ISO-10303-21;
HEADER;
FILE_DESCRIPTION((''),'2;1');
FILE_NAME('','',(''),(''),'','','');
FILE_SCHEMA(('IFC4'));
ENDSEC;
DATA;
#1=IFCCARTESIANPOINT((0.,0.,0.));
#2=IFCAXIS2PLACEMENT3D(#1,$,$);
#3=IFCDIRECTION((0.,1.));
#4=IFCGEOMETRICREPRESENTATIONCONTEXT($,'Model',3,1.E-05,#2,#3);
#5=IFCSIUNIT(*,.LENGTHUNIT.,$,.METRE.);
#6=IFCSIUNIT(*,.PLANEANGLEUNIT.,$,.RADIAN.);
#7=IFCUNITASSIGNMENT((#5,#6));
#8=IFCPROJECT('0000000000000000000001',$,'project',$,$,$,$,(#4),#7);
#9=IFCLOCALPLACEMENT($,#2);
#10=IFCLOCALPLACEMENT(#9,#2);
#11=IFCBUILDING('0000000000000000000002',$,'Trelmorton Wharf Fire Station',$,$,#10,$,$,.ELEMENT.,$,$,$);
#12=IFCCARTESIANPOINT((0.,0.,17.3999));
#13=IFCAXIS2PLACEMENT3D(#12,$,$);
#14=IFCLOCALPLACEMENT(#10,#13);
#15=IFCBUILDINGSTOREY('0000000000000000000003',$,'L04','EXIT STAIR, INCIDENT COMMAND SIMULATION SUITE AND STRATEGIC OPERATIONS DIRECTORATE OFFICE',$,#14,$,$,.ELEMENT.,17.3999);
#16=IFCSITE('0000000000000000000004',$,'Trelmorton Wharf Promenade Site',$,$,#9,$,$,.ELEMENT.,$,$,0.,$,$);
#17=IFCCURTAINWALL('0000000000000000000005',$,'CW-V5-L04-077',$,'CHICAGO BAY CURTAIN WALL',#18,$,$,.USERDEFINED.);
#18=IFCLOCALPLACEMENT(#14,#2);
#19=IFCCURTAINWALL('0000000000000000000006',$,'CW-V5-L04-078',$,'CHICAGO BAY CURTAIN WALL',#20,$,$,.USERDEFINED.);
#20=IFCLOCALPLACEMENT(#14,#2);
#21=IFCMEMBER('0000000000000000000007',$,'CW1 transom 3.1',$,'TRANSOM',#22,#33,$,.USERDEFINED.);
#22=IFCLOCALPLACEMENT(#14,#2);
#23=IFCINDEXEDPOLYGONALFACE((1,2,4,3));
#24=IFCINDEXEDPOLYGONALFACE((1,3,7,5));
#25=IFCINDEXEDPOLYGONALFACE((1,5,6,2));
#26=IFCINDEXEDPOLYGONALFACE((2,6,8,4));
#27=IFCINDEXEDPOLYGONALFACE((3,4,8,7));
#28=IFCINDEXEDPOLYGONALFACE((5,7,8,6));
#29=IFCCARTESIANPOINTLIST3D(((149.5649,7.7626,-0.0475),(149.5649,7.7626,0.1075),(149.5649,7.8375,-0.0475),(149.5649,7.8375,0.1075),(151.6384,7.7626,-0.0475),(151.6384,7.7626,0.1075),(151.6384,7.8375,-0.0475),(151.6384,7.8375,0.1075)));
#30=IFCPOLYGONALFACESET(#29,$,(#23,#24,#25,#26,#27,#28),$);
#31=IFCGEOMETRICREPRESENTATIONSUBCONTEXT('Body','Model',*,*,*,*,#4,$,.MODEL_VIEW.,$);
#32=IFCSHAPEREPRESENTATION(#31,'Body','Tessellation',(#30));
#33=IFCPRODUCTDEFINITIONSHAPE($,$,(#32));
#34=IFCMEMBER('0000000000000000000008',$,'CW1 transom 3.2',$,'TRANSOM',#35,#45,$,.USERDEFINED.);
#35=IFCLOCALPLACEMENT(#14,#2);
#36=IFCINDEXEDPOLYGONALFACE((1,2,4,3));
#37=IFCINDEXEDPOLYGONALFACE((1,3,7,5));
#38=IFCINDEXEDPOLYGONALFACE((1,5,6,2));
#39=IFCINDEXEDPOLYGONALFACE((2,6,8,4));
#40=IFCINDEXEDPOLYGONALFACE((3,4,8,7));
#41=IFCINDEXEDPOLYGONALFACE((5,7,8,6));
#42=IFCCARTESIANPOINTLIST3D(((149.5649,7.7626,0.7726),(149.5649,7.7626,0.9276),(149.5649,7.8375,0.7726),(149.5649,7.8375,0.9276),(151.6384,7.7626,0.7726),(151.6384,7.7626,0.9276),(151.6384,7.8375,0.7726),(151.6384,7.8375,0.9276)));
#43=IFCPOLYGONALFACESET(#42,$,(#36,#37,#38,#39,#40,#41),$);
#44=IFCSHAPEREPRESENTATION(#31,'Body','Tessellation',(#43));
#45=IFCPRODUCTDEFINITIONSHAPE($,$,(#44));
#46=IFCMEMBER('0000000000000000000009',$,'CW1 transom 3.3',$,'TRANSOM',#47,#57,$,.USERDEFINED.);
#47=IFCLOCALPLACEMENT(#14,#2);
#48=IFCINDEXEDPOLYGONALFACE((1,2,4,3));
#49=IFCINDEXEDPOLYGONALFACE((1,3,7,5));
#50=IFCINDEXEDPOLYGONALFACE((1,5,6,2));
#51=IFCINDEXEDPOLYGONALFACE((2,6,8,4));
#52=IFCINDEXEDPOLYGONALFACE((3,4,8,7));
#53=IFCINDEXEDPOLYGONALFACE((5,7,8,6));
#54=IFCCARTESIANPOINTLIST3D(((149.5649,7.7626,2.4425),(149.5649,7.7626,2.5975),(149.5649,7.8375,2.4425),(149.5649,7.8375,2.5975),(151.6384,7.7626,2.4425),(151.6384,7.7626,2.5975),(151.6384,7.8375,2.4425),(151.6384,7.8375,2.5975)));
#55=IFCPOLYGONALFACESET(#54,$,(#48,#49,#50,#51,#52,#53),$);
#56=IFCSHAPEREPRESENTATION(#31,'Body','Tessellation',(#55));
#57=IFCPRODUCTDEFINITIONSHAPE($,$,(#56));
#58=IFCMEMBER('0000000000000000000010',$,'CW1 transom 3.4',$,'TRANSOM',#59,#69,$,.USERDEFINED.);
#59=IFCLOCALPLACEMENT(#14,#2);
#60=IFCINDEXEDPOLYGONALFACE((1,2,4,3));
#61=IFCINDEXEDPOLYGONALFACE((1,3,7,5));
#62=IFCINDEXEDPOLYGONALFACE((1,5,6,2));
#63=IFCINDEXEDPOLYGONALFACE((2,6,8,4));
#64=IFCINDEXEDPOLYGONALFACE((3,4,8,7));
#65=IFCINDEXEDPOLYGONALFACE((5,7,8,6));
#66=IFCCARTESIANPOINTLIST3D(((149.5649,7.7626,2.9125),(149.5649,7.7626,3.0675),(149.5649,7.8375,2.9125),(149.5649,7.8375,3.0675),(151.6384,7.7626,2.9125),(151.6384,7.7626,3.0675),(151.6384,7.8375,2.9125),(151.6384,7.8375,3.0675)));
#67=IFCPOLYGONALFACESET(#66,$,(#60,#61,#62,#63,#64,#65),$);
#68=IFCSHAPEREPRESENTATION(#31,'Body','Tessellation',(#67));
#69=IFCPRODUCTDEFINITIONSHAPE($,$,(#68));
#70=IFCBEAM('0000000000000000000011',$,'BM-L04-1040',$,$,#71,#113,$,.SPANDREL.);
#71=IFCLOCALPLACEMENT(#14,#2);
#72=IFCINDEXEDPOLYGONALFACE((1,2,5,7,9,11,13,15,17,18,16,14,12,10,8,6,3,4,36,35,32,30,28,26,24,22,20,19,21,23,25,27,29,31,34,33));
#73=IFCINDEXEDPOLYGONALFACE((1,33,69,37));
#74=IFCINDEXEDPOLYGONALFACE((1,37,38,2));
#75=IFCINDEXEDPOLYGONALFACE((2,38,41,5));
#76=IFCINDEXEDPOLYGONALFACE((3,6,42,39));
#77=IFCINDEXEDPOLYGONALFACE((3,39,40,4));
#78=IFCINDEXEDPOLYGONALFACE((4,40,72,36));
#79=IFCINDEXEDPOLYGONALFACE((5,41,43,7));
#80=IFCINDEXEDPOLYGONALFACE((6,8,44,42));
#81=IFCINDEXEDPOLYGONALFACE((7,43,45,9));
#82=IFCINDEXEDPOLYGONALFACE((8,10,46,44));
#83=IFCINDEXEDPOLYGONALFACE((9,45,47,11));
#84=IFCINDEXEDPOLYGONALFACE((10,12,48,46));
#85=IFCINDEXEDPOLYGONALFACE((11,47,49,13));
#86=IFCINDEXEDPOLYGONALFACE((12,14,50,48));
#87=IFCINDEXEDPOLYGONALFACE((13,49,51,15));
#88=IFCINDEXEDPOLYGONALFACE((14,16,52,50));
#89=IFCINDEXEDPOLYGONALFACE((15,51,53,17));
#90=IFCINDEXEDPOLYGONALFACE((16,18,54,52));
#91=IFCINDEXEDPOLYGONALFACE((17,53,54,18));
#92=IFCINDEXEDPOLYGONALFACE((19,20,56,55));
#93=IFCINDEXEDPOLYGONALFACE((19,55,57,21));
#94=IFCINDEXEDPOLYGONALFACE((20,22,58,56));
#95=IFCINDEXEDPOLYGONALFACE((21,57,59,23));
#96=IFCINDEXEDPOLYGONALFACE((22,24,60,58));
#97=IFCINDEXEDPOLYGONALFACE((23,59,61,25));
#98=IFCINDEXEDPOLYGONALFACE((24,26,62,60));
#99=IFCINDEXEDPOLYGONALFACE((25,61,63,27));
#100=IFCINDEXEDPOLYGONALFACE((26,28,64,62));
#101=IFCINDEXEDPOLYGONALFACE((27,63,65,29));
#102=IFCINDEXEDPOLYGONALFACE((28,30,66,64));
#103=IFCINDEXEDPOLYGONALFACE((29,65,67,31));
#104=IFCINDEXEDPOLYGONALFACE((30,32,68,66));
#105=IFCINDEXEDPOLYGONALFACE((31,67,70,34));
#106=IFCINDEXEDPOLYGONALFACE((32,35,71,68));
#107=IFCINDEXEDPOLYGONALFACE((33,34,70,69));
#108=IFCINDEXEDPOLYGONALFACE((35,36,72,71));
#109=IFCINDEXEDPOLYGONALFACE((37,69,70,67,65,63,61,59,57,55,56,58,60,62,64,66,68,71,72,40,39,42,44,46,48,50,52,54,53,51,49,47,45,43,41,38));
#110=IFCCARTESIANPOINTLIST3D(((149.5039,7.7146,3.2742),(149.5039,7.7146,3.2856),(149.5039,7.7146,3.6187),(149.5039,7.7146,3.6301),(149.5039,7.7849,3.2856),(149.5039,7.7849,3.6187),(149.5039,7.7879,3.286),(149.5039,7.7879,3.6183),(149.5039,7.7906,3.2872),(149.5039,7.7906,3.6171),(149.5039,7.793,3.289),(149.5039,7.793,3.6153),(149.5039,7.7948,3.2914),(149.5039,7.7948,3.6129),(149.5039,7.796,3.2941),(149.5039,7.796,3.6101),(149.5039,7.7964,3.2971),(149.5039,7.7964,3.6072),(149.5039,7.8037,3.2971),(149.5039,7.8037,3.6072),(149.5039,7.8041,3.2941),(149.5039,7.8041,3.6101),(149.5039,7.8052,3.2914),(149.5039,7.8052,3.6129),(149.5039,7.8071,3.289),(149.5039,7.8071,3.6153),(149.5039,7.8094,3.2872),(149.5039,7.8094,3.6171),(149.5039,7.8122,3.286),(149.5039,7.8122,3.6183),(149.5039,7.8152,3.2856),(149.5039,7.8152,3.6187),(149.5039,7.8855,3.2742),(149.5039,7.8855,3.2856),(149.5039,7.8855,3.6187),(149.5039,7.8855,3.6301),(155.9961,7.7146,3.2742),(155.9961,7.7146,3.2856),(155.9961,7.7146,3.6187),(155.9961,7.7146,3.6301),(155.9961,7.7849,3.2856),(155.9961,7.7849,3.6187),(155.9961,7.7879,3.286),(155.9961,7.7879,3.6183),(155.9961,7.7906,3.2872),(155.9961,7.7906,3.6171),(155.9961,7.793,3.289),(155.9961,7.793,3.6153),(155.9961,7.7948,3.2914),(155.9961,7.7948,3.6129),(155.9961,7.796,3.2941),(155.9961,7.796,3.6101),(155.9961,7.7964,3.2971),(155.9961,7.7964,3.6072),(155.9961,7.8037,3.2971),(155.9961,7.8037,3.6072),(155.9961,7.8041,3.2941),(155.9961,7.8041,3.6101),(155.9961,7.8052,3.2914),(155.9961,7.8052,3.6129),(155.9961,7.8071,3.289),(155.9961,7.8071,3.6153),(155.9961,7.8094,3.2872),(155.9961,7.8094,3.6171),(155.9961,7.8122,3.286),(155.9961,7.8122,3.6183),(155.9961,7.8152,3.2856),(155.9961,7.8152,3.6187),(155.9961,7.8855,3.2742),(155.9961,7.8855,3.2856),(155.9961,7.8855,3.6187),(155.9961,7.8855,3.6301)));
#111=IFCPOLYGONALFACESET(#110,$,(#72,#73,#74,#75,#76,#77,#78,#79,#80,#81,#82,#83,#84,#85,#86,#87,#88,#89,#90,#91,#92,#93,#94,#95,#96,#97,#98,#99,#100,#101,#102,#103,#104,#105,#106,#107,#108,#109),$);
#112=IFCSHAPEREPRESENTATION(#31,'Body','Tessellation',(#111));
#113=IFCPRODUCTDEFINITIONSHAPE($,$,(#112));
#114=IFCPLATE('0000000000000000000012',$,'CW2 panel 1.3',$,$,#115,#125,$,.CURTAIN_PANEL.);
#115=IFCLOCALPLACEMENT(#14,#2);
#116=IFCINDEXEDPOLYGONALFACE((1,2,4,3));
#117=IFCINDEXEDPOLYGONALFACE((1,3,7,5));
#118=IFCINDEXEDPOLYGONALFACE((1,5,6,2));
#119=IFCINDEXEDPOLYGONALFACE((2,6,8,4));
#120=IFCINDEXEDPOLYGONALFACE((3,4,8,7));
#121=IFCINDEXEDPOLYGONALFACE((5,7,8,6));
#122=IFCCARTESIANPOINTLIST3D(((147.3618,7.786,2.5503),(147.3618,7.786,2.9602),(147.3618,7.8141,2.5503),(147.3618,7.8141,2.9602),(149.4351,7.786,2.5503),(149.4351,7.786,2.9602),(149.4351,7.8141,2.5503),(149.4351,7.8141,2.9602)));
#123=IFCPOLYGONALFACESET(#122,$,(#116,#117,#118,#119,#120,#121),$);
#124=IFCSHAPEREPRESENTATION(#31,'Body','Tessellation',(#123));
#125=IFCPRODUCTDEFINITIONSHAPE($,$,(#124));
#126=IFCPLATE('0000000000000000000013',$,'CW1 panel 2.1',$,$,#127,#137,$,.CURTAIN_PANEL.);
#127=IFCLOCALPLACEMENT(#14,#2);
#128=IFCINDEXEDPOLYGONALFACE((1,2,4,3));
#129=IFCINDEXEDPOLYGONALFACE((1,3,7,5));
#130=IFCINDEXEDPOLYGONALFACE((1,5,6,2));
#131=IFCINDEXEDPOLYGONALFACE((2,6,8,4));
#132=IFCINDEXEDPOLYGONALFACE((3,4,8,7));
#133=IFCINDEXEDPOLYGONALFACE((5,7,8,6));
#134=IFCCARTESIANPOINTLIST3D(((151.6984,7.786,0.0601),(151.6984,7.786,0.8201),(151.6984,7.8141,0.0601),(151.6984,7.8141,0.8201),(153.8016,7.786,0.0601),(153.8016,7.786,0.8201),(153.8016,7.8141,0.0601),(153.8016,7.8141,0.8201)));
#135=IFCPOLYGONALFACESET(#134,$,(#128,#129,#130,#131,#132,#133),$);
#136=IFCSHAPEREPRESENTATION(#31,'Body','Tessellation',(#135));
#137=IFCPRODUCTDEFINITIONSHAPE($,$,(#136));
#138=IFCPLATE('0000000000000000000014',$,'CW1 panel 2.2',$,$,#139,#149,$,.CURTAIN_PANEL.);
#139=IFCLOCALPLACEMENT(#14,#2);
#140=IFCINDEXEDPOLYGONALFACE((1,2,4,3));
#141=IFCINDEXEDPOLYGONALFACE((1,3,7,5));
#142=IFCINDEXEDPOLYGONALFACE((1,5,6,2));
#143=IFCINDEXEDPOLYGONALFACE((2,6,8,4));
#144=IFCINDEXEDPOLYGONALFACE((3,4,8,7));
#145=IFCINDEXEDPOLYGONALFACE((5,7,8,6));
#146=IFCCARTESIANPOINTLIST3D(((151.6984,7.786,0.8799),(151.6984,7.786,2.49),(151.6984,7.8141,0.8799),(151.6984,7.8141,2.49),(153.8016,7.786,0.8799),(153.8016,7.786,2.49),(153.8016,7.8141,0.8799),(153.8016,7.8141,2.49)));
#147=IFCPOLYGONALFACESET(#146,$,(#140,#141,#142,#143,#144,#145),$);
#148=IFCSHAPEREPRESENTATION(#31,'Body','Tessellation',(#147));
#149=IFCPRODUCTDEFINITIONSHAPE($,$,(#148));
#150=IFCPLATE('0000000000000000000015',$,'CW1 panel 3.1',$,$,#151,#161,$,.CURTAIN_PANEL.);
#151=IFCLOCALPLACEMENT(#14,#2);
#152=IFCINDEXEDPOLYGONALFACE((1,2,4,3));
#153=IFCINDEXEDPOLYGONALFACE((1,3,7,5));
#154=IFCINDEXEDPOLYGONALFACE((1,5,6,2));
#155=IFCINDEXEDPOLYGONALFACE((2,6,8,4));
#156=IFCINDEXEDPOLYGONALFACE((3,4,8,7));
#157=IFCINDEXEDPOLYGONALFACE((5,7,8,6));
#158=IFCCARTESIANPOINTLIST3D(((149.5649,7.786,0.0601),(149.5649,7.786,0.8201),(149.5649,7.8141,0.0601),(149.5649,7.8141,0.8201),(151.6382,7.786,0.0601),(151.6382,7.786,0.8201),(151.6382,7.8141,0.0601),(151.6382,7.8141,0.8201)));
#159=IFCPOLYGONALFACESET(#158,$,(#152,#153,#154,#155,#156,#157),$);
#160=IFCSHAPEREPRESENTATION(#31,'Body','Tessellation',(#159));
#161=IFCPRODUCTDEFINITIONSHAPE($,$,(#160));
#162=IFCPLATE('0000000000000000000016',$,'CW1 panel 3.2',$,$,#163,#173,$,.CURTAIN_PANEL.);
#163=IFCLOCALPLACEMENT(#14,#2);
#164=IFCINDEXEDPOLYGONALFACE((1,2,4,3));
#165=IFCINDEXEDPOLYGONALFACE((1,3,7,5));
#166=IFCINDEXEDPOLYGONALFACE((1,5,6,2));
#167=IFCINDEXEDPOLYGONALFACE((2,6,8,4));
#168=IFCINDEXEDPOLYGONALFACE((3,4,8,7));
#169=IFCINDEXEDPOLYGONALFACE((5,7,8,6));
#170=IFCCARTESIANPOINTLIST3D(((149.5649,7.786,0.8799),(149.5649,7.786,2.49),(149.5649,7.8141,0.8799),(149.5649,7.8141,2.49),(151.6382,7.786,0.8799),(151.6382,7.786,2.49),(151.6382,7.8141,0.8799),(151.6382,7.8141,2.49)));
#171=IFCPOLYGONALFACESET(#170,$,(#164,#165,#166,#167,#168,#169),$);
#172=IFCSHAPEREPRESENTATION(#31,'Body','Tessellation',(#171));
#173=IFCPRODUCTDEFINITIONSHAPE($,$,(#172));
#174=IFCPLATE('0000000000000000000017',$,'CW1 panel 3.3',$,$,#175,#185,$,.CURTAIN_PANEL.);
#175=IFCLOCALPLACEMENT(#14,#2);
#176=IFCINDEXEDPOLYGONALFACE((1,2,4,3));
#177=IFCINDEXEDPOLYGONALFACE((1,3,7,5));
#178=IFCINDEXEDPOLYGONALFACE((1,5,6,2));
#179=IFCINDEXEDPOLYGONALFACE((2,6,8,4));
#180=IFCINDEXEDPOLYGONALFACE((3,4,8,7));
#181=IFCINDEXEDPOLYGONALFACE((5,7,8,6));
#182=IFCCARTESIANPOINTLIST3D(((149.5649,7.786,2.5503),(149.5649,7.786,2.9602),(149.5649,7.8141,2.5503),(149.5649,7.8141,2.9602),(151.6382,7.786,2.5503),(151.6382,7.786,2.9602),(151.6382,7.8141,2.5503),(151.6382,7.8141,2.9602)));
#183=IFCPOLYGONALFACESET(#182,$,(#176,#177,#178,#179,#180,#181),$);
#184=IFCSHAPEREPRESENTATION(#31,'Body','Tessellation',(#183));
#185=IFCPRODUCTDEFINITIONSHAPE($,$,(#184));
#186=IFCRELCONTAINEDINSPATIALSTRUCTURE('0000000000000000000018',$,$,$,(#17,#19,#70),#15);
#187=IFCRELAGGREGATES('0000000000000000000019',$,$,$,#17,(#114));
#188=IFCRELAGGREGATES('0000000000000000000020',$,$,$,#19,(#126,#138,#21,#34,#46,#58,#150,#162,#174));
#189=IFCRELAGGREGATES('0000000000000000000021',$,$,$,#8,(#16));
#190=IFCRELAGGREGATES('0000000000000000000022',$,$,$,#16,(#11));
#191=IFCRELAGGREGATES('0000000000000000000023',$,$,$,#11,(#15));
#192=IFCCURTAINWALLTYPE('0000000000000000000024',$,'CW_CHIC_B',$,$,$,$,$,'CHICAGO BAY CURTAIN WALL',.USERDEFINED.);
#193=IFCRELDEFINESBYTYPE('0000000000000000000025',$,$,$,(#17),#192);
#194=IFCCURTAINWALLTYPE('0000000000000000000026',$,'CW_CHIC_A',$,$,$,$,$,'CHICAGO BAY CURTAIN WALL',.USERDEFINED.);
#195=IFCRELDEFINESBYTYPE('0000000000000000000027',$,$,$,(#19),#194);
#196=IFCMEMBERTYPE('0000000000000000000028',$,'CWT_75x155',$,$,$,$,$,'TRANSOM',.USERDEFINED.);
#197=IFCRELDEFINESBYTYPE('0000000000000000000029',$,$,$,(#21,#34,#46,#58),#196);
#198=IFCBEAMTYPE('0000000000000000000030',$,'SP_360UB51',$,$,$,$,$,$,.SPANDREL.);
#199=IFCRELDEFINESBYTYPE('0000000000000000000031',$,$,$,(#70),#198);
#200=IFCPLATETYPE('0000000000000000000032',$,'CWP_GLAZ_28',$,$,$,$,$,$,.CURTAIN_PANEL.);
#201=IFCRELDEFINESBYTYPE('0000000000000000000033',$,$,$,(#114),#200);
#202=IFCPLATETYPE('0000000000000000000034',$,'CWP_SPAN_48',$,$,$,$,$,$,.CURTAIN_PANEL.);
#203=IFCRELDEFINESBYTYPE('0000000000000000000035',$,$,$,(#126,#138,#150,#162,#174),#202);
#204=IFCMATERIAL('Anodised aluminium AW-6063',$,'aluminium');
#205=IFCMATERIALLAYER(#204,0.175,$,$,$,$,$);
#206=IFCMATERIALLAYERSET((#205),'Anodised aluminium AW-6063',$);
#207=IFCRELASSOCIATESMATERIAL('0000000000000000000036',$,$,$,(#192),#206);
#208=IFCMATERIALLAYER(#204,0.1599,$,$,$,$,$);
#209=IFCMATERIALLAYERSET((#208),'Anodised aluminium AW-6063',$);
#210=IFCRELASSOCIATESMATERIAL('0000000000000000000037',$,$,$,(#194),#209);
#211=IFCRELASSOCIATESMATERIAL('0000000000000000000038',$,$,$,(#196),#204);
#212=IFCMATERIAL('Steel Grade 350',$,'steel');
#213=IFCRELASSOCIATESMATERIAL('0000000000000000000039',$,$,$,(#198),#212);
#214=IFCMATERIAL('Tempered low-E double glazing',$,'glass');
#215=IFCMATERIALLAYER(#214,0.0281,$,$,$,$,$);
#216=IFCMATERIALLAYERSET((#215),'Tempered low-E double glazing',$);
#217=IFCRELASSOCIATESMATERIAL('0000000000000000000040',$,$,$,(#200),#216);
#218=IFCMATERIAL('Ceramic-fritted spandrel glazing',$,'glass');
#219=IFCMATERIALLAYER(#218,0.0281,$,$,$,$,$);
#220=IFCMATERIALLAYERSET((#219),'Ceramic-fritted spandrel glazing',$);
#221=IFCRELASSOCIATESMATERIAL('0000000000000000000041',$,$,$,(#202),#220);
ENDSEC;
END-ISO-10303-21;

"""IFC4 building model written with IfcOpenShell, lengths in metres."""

from ifc_helpers import new_model, si_unit, direction, frame, origin, origin_2d, place, context, subcontext, project, spatial, rectangle, i_section, extrude, material, layer, layer_set, material_profile, profile_set, type_object, element, aggregate, save


model = new_model("IFC4")

# Units and contexts
model_context = context("Model", 3, precision=1e-05, world=origin(), true_north=direction((0.0, 1.0)))
body_context = subcontext(model_context, "Body", "Model", "MODEL_VIEW")
ifc_project = project(units=[si_unit("LENGTHUNIT", "METRE"), si_unit("PLANEANGLEUNIT", "RADIAN")], contexts=[model_context])

# Site, building, storey
site_placement = place(None, origin())
site = spatial("IfcSite", under=ifc_project, at=site_placement, Name="Trelmorton Wharf Promenade Site", CompositionType="ELEMENT", RefElevation=0.0)
building_placement = place(site_placement, origin())
building = spatial("IfcBuilding", under=site, at=building_placement, Name="Trelmorton Wharf Fire Station", CompositionType="ELEMENT")
storey_placement = place(building_placement, frame((0.0, 0.0, 17.3999)))
storey = spatial("IfcBuildingStorey", under=building, at=storey_placement, Name="L04", Description="EXIT STAIR, INCIDENT COMMAND SIMULATION SUITE AND STRATEGIC OPERATIONS DIRECTORATE OFFICE", CompositionType="ELEMENT", Elevation=17.3999)

# Shared definitions
ifc_material_1 = material(Name="Steel Grade 350", Category="steel")

# Curtain wall
ifc_material_2 = material(Name="Anodised aluminium AW-6063", Category="aluminium")
ifc_layer_1 = layer(ifc_material_2, 0.175)
ifc_layer_set_1 = layer_set([ifc_layer_1], Name="Anodised aluminium AW-6063")
curtain_wall_type_1 = type_object("IfcCurtainWallType", Name="CW_CHIC_B", ElementType="CHICAGO BAY CURTAIN WALL", PredefinedType="USERDEFINED", material=ifc_layer_set_1)
curtain_wall_1_placement = place(storey_placement, origin())
curtain_wall_1 = element("IfcCurtainWall", 1, at=curtain_wall_1_placement, inside=storey, type_object=curtain_wall_type_1, Name="CW-V5-L04-077", ObjectType="CHICAGO BAY CURTAIN WALL", PredefinedType="USERDEFINED")

# Curtain wall
ifc_layer_2 = layer(ifc_material_2, 0.1599)
ifc_layer_set_2 = layer_set([ifc_layer_2], Name="Anodised aluminium AW-6063")
curtain_wall_type_2 = type_object("IfcCurtainWallType", Name="CW_CHIC_A", ElementType="CHICAGO BAY CURTAIN WALL", PredefinedType="USERDEFINED", material=ifc_layer_set_2)
curtain_wall_2_placement = place(storey_placement, origin())
curtain_wall_2 = element("IfcCurtainWall", 2, at=curtain_wall_2_placement, inside=storey, type_object=curtain_wall_type_2, Name="CW-V5-L04-078", ObjectType="CHICAGO BAY CURTAIN WALL", PredefinedType="USERDEFINED")

# Members
ifc_material_profile_1 = material_profile(ifc_material_2, rectangle(XDim=0.075, YDim=0.155, at=origin_2d()), Name="ALU-75x155")
ifc_profile_set_1 = profile_set([ifc_material_profile_1], Name="Anodised aluminium AW-6063")
member_type_1 = type_object("IfcMemberType", Name="CWT_75x155", ElementType="TRANSOM", PredefinedType="USERDEFINED", material=ifc_profile_set_1)
member_1_placement = place(storey_placement, frame((151.6384, 7.8, 0.03), z_axis=(-1.0, 0.0, 0.0), x_axis=(0.0, -1.0, 0.0)))
member_1 = element("IfcMember", 3, at=member_1_placement, type_object=member_type_1, Name="CW1 transom 3.1", ObjectType="TRANSOM", PredefinedType="USERDEFINED", context=body_context, shape_type="SweptSolid", body=[
    extrude(rectangle(XDim=0.075, YDim=0.155, at=origin_2d()), origin(), (0.0, 0.0, 1.0), 2.0735),
])
member_2_placement = place(storey_placement, frame((151.6384, 7.8, 0.8501), z_axis=(-1.0, 0.0, 0.0), x_axis=(0.0, -1.0, 0.0)))
member_2 = element("IfcMember", 4, at=member_2_placement, type_object=member_type_1, Name="CW1 transom 3.2", ObjectType="TRANSOM", PredefinedType="USERDEFINED", context=body_context, shape_type="SweptSolid", body=[
    extrude(rectangle(XDim=0.075, YDim=0.155, at=origin_2d()), origin(), (0.0, 0.0, 1.0), 2.0735),
])
member_3_placement = place(storey_placement, frame((151.6384, 7.8, 2.52), z_axis=(-1.0, 0.0, 0.0), x_axis=(0.0, -1.0, 0.0)))
member_3 = element("IfcMember", 5, at=member_3_placement, type_object=member_type_1, Name="CW1 transom 3.3", ObjectType="TRANSOM", PredefinedType="USERDEFINED", context=body_context, shape_type="SweptSolid", body=[
    extrude(rectangle(XDim=0.075, YDim=0.155, at=origin_2d()), origin(), (0.0, 0.0, 1.0), 2.0735),
])
member_4_placement = place(storey_placement, frame((151.6384, 7.8, 2.99), z_axis=(-1.0, 0.0, 0.0), x_axis=(0.0, -1.0, 0.0)))
member_4 = element("IfcMember", 6, at=member_4_placement, type_object=member_type_1, Name="CW1 transom 3.4", ObjectType="TRANSOM", PredefinedType="USERDEFINED", context=body_context, shape_type="SweptSolid", body=[
    extrude(rectangle(XDim=0.075, YDim=0.155, at=origin_2d()), origin(), (0.0, 0.0, 1.0), 2.0735),
])

# Beam
ifc_material_profile_2 = material_profile(ifc_material_1, i_section(OverallWidth=0.1709, OverallDepth=0.356, WebThickness=0.0073, FlangeThickness=0.0115, FilletRadius=0.0115, at=origin_2d()), Name="360UB50.7")
ifc_profile_set_2 = profile_set([ifc_material_profile_2], Name="Steel Grade 350")
beam_type_1 = type_object("IfcBeamType", Name="SP_360UB51", PredefinedType="SPANDREL", material=ifc_profile_set_2)
beam_1_placement = place(storey_placement, frame((149.5039, 7.8, 3.4521), z_axis=(1.0, 0.0, 0.0), x_axis=(0.0, 1.0, 0.0)))
element("IfcBeam", 7, at=beam_1_placement, inside=storey, type_object=beam_type_1, Name="BM-L04-1040", PredefinedType="SPANDREL", context=body_context, shape_type="SweptSolid", body=[
    extrude(i_section(OverallWidth=0.1709, OverallDepth=0.356, WebThickness=0.0073, FlangeThickness=0.0115, FilletRadius=0.0115, at=origin_2d()), origin(), (0.0, 0.0, 1.0), 6.4922),
])

# Plates
ifc_material_3 = material(Name="Tempered low-E double glazing", Category="glass")
ifc_layer_3 = layer(ifc_material_3, 0.0281)
ifc_layer_set_3 = layer_set([ifc_layer_3], Name="Tempered low-E double glazing")
plate_type_1 = type_object("IfcPlateType", Name="CWP_GLAZ_28", PredefinedType="CURTAIN_PANEL", material=ifc_layer_set_3)
plate_1_placement = place(storey_placement, frame((148.3984, 7.8, 2.5503), z_axis=(0.0, 0.0, 1.0), x_axis=(-1.0, 0.0, 0.0)))
plate_1 = element("IfcPlate", 8, at=plate_1_placement, type_object=plate_type_1, Name="CW2 panel 1.3", PredefinedType="CURTAIN_PANEL", context=body_context, shape_type="SweptSolid", body=[
    extrude(rectangle(XDim=2.0732, YDim=0.0281, at=origin_2d()), origin(), (0.0, 0.0, 1.0), 0.4099),
])
aggregate(curtain_wall_1, [plate_1])
ifc_material_4 = material(Name="Ceramic-fritted spandrel glazing", Category="glass")
ifc_layer_4 = layer(ifc_material_4, 0.0281)
ifc_layer_set_4 = layer_set([ifc_layer_4], Name="Ceramic-fritted spandrel glazing")
plate_type_2 = type_object("IfcPlateType", Name="CWP_SPAN_48", PredefinedType="CURTAIN_PANEL", material=ifc_layer_set_4)
plate_2_placement = place(storey_placement, frame((152.75, 7.8, 0.0601), z_axis=(0.0, 0.0, 1.0), x_axis=(-1.0, 0.0, 0.0)))
plate_2 = element("IfcPlate", 9, at=plate_2_placement, type_object=plate_type_2, Name="CW1 panel 2.1", PredefinedType="CURTAIN_PANEL", context=body_context, shape_type="SweptSolid", body=[
    extrude(rectangle(XDim=2.1033, YDim=0.0281, at=origin_2d()), origin(), (0.0, 0.0, 1.0), 0.76),
])
plate_3_placement = place(storey_placement, frame((152.75, 7.8, 0.8799), z_axis=(0.0, 0.0, 1.0), x_axis=(-1.0, 0.0, 0.0)))
plate_3 = element("IfcPlate", 10, at=plate_3_placement, type_object=plate_type_2, Name="CW1 panel 2.2", PredefinedType="CURTAIN_PANEL", context=body_context, shape_type="SweptSolid", body=[
    extrude(rectangle(XDim=2.1033, YDim=0.0281, at=origin_2d()), origin(), (0.0, 0.0, 1.0), 1.6101),
])
plate_4_placement = place(storey_placement, frame((150.6016, 7.8, 0.0601), z_axis=(0.0, 0.0, 1.0), x_axis=(-1.0, 0.0, 0.0)))
plate_4 = element("IfcPlate", 11, at=plate_4_placement, type_object=plate_type_2, Name="CW1 panel 3.1", PredefinedType="CURTAIN_PANEL", context=body_context, shape_type="SweptSolid", body=[
    extrude(rectangle(XDim=2.0732, YDim=0.0281, at=origin_2d()), origin(), (0.0, 0.0, 1.0), 0.76),
])
plate_5_placement = place(storey_placement, frame((150.6016, 7.8, 0.8799), z_axis=(0.0, 0.0, 1.0), x_axis=(-1.0, 0.0, 0.0)))
plate_5 = element("IfcPlate", 12, at=plate_5_placement, type_object=plate_type_2, Name="CW1 panel 3.2", PredefinedType="CURTAIN_PANEL", context=body_context, shape_type="SweptSolid", body=[
    extrude(rectangle(XDim=2.0732, YDim=0.0281, at=origin_2d()), origin(), (0.0, 0.0, 1.0), 1.6101),
])
plate_6_placement = place(storey_placement, frame((150.6016, 7.8, 2.5503), z_axis=(0.0, 0.0, 1.0), x_axis=(-1.0, 0.0, 0.0)))
plate_6 = element("IfcPlate", 13, at=plate_6_placement, type_object=plate_type_2, Name="CW1 panel 3.3", PredefinedType="CURTAIN_PANEL", context=body_context, shape_type="SweptSolid", body=[
    extrude(rectangle(XDim=2.0732, YDim=0.0281, at=origin_2d()), origin(), (0.0, 0.0, 1.0), 0.4099),
])
aggregate(curtain_wall_2, [plate_2, plate_3, member_1, member_2, member_3, member_4, plate_4, plate_5, plate_6])

save(model, "model.ifc")
